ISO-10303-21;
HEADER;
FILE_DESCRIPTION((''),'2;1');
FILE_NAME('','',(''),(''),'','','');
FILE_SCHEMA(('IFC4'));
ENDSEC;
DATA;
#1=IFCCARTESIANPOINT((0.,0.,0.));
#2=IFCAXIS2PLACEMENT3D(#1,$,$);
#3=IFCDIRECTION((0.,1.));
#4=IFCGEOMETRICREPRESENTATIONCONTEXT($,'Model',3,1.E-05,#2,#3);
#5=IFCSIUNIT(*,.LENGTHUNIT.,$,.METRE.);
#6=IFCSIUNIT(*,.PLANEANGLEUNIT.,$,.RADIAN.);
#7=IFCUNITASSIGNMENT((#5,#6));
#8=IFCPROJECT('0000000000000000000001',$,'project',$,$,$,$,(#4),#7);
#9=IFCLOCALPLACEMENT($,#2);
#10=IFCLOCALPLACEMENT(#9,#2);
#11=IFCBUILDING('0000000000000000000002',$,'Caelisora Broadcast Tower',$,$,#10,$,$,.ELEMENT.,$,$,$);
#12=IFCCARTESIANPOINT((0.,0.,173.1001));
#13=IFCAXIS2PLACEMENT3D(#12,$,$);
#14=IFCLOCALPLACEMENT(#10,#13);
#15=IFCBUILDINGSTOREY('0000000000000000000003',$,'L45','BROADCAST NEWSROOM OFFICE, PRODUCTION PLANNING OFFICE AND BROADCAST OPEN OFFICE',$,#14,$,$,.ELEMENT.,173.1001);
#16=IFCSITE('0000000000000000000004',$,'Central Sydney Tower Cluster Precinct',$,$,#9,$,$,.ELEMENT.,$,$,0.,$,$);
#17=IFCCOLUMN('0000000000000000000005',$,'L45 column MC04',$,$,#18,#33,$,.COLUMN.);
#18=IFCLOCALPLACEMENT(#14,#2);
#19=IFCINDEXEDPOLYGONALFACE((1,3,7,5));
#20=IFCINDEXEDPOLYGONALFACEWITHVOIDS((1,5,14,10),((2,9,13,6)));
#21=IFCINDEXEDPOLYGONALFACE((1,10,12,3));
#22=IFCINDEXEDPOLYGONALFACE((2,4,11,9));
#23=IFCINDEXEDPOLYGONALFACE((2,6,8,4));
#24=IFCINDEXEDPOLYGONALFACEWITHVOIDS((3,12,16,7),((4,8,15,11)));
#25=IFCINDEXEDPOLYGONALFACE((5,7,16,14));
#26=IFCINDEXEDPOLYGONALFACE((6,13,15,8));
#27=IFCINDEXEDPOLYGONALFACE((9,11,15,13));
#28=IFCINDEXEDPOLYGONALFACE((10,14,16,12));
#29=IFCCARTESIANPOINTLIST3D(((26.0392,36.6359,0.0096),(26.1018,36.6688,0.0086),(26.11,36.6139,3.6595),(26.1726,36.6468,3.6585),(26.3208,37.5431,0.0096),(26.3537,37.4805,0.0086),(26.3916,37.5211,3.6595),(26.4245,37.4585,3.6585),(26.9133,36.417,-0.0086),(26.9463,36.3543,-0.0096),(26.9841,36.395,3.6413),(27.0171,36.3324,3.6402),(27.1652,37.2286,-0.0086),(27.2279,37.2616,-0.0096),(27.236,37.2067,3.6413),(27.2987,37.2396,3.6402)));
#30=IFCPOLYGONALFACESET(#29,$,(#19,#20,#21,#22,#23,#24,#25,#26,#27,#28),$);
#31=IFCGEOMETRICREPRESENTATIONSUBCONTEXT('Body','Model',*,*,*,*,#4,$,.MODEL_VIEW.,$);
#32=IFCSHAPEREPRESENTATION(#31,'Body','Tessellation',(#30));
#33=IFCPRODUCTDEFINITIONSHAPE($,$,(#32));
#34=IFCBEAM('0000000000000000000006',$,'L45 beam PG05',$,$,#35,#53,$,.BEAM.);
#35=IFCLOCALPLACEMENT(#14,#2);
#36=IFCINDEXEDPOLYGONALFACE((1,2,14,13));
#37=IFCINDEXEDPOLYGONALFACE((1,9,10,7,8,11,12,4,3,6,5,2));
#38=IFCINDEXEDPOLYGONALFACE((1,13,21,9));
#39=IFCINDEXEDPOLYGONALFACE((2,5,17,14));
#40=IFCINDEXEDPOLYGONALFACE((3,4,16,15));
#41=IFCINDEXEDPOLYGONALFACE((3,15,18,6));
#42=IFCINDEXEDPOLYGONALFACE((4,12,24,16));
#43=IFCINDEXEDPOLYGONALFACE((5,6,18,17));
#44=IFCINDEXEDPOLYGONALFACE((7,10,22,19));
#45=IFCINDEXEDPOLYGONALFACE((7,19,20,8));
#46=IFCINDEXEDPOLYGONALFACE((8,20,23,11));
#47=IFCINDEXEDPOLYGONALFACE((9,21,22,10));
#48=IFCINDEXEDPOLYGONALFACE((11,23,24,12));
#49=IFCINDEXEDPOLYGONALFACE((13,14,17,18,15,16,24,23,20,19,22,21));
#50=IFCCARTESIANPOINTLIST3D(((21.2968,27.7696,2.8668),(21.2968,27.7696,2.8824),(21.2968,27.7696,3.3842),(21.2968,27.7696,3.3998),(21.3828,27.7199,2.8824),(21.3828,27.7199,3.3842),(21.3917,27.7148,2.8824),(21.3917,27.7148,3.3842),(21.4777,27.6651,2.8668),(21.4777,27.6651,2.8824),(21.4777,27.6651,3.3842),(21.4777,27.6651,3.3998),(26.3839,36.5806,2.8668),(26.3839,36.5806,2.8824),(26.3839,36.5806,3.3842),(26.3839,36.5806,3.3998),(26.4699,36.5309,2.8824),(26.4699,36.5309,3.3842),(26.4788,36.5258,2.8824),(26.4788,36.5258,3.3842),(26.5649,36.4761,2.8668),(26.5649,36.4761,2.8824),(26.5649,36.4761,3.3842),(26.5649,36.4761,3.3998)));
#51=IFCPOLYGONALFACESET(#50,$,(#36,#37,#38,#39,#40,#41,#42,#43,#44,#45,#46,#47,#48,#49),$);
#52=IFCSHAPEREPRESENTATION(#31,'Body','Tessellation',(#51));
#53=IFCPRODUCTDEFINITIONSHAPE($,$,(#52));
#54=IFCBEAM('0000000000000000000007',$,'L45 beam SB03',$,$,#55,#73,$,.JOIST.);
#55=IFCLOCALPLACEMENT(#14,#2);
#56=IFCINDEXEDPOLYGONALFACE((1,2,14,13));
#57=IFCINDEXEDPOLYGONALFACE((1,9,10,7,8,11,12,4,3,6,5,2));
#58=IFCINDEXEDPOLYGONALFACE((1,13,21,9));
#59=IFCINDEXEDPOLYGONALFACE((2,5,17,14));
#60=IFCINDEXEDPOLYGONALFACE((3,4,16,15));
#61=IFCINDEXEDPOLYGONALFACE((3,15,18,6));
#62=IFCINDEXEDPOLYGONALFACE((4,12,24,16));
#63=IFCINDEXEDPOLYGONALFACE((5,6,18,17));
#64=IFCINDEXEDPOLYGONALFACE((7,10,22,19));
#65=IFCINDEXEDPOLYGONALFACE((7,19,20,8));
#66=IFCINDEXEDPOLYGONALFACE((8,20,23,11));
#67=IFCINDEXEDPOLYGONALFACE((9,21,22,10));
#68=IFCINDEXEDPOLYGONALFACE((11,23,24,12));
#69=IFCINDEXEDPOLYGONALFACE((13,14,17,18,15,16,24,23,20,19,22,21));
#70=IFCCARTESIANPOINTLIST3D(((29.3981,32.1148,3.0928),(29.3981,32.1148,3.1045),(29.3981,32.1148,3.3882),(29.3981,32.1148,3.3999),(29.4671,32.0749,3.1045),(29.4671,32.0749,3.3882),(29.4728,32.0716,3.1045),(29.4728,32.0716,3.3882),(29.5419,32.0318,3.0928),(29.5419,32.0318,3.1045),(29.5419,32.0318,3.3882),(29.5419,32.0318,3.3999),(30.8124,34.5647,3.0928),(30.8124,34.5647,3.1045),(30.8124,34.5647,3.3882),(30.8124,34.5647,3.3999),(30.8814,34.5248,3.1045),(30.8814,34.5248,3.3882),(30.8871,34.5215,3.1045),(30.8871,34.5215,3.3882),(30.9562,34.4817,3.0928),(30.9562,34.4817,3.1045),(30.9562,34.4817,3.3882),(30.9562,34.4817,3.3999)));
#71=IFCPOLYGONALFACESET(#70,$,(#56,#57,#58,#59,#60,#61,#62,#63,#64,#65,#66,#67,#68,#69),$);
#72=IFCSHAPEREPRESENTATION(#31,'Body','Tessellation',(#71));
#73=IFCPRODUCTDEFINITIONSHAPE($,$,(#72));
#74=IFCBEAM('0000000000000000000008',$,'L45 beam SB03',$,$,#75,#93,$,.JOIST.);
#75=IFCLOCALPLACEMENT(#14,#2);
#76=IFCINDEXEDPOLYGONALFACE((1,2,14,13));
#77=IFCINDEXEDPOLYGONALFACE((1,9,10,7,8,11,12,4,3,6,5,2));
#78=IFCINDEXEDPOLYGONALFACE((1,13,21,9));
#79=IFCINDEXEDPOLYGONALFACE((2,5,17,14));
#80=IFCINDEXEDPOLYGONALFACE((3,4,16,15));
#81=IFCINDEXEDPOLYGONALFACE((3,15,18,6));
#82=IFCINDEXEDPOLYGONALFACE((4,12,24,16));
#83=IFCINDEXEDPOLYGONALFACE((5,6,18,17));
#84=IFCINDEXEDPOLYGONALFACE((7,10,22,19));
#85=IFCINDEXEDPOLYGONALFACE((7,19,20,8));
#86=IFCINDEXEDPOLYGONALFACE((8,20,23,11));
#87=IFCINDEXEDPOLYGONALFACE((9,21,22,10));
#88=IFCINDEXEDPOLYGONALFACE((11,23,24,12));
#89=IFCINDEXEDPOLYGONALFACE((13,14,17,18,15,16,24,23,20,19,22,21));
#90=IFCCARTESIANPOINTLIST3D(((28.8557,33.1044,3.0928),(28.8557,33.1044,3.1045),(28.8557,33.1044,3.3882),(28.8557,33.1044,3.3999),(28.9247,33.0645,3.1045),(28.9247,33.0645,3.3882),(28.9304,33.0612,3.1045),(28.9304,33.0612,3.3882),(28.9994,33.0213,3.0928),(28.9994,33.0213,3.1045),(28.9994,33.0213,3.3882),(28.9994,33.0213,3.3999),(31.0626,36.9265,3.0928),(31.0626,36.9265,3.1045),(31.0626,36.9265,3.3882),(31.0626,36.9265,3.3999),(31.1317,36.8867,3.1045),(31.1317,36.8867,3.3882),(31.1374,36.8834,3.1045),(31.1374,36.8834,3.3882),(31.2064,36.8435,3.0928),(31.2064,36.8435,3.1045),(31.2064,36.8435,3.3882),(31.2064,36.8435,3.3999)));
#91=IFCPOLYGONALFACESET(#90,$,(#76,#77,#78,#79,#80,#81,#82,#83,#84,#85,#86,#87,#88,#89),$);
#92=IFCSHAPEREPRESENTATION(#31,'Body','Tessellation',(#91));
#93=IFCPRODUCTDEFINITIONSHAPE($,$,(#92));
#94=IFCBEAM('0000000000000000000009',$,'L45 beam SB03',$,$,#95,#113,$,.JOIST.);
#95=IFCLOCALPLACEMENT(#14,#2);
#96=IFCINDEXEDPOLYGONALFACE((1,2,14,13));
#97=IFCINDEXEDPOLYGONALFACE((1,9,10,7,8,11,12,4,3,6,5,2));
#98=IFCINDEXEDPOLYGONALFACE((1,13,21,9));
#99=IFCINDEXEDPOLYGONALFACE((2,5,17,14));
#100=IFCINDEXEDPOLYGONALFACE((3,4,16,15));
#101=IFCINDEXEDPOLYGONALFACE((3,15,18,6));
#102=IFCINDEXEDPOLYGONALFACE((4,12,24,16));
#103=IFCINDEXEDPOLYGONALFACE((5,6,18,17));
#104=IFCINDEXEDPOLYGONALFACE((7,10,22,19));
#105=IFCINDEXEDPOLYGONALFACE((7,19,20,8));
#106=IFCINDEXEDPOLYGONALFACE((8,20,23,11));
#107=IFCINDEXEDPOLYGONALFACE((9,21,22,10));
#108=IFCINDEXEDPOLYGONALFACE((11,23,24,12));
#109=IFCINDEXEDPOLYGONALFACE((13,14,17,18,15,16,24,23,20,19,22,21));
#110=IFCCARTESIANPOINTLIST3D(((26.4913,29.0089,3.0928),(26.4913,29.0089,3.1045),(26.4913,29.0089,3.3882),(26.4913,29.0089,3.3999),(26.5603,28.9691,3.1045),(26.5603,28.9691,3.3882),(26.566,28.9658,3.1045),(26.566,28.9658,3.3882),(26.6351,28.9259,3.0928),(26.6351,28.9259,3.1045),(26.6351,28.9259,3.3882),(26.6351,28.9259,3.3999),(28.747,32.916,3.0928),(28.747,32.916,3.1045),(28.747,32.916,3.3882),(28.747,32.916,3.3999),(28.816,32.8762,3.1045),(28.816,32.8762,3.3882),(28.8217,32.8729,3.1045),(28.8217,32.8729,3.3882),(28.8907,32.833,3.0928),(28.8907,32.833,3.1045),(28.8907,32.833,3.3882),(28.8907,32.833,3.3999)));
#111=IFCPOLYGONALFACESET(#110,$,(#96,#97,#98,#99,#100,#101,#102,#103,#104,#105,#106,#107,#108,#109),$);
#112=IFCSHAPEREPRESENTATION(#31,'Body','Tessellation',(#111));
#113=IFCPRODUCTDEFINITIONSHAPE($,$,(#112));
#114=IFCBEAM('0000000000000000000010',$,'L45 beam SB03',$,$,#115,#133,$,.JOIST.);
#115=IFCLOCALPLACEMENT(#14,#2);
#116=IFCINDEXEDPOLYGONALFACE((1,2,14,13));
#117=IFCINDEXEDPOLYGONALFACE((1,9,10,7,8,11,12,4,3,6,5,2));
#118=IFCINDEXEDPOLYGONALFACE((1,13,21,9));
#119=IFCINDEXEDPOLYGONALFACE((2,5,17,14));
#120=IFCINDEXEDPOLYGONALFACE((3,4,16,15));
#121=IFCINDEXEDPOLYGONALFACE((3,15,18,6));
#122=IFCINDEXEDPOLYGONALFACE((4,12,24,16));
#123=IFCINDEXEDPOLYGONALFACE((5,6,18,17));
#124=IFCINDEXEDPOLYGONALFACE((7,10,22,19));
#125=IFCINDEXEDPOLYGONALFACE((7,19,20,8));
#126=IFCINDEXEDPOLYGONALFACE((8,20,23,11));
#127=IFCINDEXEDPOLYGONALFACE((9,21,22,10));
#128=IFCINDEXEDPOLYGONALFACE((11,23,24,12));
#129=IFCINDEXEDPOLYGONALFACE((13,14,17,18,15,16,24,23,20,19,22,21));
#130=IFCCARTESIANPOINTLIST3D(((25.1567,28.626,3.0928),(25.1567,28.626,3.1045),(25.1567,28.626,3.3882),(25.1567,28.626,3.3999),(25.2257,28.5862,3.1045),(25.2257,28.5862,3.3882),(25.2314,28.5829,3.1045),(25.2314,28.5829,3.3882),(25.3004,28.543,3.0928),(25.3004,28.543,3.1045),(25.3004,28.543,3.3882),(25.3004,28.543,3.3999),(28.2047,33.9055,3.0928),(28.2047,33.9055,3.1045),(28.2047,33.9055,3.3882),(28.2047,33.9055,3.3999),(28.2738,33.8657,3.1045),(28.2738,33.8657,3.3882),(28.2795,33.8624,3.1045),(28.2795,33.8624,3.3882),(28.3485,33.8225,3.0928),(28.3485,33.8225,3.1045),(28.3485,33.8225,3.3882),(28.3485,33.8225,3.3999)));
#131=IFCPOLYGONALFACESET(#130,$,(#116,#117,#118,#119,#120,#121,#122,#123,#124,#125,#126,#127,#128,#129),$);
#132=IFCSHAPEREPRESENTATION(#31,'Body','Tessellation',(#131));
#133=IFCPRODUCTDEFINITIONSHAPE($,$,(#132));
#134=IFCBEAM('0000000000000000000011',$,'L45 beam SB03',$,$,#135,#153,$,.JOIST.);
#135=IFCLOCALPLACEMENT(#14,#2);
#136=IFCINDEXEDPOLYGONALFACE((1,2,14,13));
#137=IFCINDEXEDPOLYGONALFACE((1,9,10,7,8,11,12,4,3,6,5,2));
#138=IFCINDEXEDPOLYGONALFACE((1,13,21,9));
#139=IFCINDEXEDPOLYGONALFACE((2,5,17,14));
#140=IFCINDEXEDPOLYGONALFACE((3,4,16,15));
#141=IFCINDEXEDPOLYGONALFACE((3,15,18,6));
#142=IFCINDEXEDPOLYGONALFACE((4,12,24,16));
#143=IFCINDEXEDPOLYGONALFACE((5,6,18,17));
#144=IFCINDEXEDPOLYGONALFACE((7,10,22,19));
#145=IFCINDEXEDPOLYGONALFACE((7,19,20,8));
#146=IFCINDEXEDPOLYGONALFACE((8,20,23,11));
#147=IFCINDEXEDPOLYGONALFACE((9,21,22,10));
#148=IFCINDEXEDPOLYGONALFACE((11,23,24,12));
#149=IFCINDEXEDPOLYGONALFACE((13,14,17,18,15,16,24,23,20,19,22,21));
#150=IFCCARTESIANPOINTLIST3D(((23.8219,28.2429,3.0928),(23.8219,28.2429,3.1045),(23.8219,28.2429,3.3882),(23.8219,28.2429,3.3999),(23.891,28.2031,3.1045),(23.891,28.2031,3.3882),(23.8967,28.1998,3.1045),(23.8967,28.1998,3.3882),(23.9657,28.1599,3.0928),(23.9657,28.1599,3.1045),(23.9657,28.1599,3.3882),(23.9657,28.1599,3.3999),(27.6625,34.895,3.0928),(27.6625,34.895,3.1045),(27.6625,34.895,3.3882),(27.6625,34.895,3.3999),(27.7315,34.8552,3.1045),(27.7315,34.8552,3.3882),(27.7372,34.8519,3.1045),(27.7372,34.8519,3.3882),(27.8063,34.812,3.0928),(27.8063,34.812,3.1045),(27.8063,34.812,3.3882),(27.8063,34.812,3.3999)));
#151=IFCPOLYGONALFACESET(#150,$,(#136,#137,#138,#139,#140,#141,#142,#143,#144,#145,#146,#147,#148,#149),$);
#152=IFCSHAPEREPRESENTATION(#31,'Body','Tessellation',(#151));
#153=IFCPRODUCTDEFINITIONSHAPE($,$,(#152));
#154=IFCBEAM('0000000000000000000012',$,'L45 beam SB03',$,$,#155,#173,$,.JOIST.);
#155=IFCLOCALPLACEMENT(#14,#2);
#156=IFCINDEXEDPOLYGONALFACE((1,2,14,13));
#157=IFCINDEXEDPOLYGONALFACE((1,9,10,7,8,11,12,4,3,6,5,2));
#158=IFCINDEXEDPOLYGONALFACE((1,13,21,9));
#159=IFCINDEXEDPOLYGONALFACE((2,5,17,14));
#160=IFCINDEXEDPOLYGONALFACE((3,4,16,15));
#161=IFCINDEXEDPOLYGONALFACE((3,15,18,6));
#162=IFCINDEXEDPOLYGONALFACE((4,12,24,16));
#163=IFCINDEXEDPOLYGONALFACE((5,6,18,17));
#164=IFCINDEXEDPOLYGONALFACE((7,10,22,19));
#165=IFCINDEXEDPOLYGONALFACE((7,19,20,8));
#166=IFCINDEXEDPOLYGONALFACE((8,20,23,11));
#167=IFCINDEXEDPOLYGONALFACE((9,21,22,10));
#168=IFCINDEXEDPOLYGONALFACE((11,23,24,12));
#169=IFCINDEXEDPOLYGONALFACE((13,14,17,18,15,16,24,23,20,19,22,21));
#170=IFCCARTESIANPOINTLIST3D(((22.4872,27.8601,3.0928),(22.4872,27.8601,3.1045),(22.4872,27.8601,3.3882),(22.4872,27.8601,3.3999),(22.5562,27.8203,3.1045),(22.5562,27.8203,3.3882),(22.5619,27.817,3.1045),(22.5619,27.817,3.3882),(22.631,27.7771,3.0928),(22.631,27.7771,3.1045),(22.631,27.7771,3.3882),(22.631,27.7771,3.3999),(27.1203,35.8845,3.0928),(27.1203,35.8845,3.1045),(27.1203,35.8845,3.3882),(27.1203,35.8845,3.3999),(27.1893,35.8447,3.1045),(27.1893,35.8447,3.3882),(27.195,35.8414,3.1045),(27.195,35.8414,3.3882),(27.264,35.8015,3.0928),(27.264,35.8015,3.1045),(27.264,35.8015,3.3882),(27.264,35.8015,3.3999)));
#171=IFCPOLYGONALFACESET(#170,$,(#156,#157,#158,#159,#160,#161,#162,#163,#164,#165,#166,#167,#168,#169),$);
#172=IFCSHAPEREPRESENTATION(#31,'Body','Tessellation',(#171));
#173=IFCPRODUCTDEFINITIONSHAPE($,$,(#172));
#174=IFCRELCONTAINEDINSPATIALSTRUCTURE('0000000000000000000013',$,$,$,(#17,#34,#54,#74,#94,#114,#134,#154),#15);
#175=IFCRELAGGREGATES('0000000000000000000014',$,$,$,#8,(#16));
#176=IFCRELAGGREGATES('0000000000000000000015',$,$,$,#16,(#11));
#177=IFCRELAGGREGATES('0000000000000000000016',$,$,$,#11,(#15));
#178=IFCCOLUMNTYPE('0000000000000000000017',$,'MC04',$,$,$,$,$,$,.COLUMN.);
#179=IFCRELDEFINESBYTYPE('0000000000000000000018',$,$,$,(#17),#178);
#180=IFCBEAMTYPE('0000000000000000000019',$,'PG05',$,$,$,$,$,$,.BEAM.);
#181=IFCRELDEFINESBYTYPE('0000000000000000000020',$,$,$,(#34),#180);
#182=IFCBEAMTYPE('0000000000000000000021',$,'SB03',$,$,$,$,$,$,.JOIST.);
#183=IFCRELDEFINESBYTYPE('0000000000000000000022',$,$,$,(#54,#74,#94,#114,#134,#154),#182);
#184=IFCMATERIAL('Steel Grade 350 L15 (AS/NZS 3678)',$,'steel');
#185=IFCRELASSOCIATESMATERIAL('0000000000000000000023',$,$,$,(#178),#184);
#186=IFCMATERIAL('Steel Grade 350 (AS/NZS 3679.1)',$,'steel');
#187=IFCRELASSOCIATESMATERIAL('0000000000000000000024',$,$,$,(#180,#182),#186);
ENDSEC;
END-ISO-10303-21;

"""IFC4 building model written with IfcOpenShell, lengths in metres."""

from ifc_helpers import new_model, si_unit, direction, frame, origin, origin_2d, place, context, subcontext, project, spatial, hollow_rectangle, i_section, extrude, source, transform, mapped, material, material_profile, profile_set, type_object, type_shapes, element, save


model = new_model("IFC4")

# Units and contexts
model_context = context("Model", 3, precision=1e-05, world=origin(), true_north=direction((0.0, 1.0)))
body_context = subcontext(model_context, "Body", "Model", "MODEL_VIEW")
ifc_project = project(units=[si_unit("LENGTHUNIT", "METRE"), si_unit("PLANEANGLEUNIT", "RADIAN")], contexts=[model_context])

# Site, building, storey
site_placement = place(None, origin())
site = spatial("IfcSite", under=ifc_project, at=site_placement, Name="Central Sydney Tower Cluster Precinct", CompositionType="ELEMENT", RefElevation=0.0)
building_placement = place(site_placement, origin())
building = spatial("IfcBuilding", under=site, at=building_placement, Name="Caelisora Broadcast Tower", CompositionType="ELEMENT")
storey_placement = place(building_placement, frame((0.0, 0.0, 173.1001)))
storey = spatial("IfcBuildingStorey", under=building, at=storey_placement, Name="L45", Description="BROADCAST NEWSROOM OFFICE, PRODUCTION PLANNING OFFICE AND BROADCAST OPEN OFFICE", CompositionType="ELEMENT", Elevation=173.1001)

# Column
ifc_material_1 = material(Name="Steel Grade 350 L15 (AS/NZS 3678)", Category="steel")
ifc_material_profile_1 = material_profile(ifc_material_1, hollow_rectangle(XDim=0.95, YDim=0.95, WallThickness=0.05, at=origin_2d()), Name="Steel Grade 350 L15 (AS/NZS 3678)")
ifc_profile_set_1 = profile_set([ifc_material_profile_1], Name="Steel Grade 350 L15 (AS/NZS 3678)")
column_type = type_object("IfcColumnType", Name="MC04", PredefinedType="COLUMN", material=ifc_profile_set_1)
shared_shape_1 = source(origin(), body_context, "Body", "SweptSolid", [
    extrude(hollow_rectangle(XDim=0.95, YDim=0.95, WallThickness=0.05, at=origin_2d()), origin(), (0.0, 0.0, 1.0), 3.6506),
])
type_shapes(column_type, [shared_shape_1])
column_placement = place(storey_placement, frame((26.6335, 36.9487, 0.0), z_axis=(0.019394, -0.006019, 0.999794), x_axis=(0.296399, 0.955064, 0.0)))
element("IfcColumn", 1, at=column_placement, inside=storey, type_object=column_type, Name="L45 column MC04", PredefinedType="COLUMN", context=body_context, shape_type="MappedRepresentation", body=[
    mapped(shared_shape_1, transform((0.0, 0.0, 0.0), scale=1.0)),
])

# Beams
ifc_material_2 = material(Name="Steel Grade 350 (AS/NZS 3679.1)", Category="steel")
ifc_material_profile_2 = material_profile(ifc_material_2, i_section(OverallWidth=0.209, OverallDepth=0.533, WebThickness=0.0103, FlangeThickness=0.0156, at=origin_2d()), Name="Steel Grade 350 (AS/NZS 3679.1)")
ifc_profile_set_2 = profile_set([ifc_material_profile_2], Name="Steel Grade 350 (AS/NZS 3679.1)")
beam_type_1 = type_object("IfcBeamType", Name="PG05", PredefinedType="BEAM", material=ifc_profile_set_2)
shared_shape_2 = source(origin(), body_context, "Body", "SweptSolid", [
    extrude(i_section(OverallWidth=0.209, OverallDepth=0.533, WebThickness=0.0103, FlangeThickness=0.0156, at=origin_2d()), origin(), (0.0, 0.0, 1.0), 10.1741),
])
type_shapes(beam_type_1, [shared_shape_2])
beam_1_placement = place(storey_placement, frame((26.4744, 36.5283, 3.1333), z_axis=(-0.500008, -0.866021, 0.0), x_axis=(0.866021, -0.500008, 0.0)))
element("IfcBeam", 2, at=beam_1_placement, inside=storey, type_object=beam_type_1, Name="L45 beam PG05", PredefinedType="BEAM", context=body_context, shape_type="MappedRepresentation", body=[
    mapped(shared_shape_2, transform((0.0, 0.0, 0.0), scale=1.0)),
])
ifc_material_profile_3 = material_profile(ifc_material_2, i_section(OverallWidth=0.166, OverallDepth=0.3071, WebThickness=0.0066, FlangeThickness=0.0117, at=origin_2d()), Name="Steel Grade 350 (AS/NZS 3679.1)")
ifc_profile_set_3 = profile_set([ifc_material_profile_3], Name="Steel Grade 350 (AS/NZS 3679.1)")
beam_type_2 = type_object("IfcBeamType", Name="SB03", PredefinedType="JOIST", material=ifc_profile_set_3)
shared_shape_3 = source(origin(), body_context, "Body", "SweptSolid", [
    extrude(i_section(OverallWidth=0.166, OverallDepth=0.3071, WebThickness=0.0066, FlangeThickness=0.0117, at=origin_2d()), origin(), (0.0, 0.0, 1.0), 2.8289),
])
beam_2_placement = place(storey_placement, frame((30.8843, 34.5232, 3.2463), z_axis=(-0.499954, -0.866052, 0.0), x_axis=(0.866052, -0.499954, 0.0)))
element("IfcBeam", 3, at=beam_2_placement, inside=storey, type_object=beam_type_2, Name="L45 beam SB03", PredefinedType="JOIST", context=body_context, shape_type="MappedRepresentation", body=[
    mapped(shared_shape_3, transform((0.0, 0.0, 0.0), scale=1.0)),
])
shared_shape_4 = source(origin(), body_context, "Body", "SweptSolid", [
    extrude(i_section(OverallWidth=0.166, OverallDepth=0.3071, WebThickness=0.0066, FlangeThickness=0.0117, at=origin_2d()), origin(), (0.0, 0.0, 1.0), 4.4136),
])
beam_3_placement = place(storey_placement, frame((31.1345, 36.885, 3.2463), z_axis=(-0.500042, -0.866001, 0.0), x_axis=(0.866001, -0.500042, 0.0)))
element("IfcBeam", 4, at=beam_3_placement, inside=storey, type_object=beam_type_2, Name="L45 beam SB03", PredefinedType="JOIST", context=body_context, shape_type="MappedRepresentation", body=[
    mapped(shared_shape_4, transform((0.0, 0.0, 0.0), scale=1.0)),
])
shared_shape_5 = source(origin(), body_context, "Body", "SweptSolid", [
    extrude(i_section(OverallWidth=0.166, OverallDepth=0.3071, WebThickness=0.0066, FlangeThickness=0.0117, at=origin_2d()), origin(), (0.0, 0.0, 1.0), 4.5115),
])
beam_4_placement = place(storey_placement, frame((28.8188, 32.8745, 3.2463), z_axis=(-0.499986, -0.866033, 0.0), x_axis=(0.866033, -0.499986, 0.0)))
element("IfcBeam", 5, at=beam_4_placement, inside=storey, type_object=beam_type_2, Name="L45 beam SB03", PredefinedType="JOIST", context=body_context, shape_type="MappedRepresentation", body=[
    mapped(shared_shape_5, transform((0.0, 0.0, 0.0), scale=1.0)),
])
shared_shape_6 = source(origin(), body_context, "Body", "SweptSolid", [
    extrude(i_section(OverallWidth=0.166, OverallDepth=0.3071, WebThickness=0.0066, FlangeThickness=0.0117, at=origin_2d()), origin(), (0.0, 0.0, 1.0), 6.0962),
])
beam_5_placement = place(storey_placement, frame((28.2766, 33.864, 3.2463), z_axis=(-0.499994, -0.866029, 0.0), x_axis=(0.866029, -0.499994, 0.0)))
element("IfcBeam", 6, at=beam_5_placement, inside=storey, type_object=beam_type_2, Name="L45 beam SB03", PredefinedType="JOIST", context=body_context, shape_type="MappedRepresentation", body=[
    mapped(shared_shape_6, transform((0.0, 0.0, 0.0), scale=1.0)),
])
shared_shape_7 = source(origin(), body_context, "Body", "SweptSolid", [
    extrude(i_section(OverallWidth=0.166, OverallDepth=0.3071, WebThickness=0.0066, FlangeThickness=0.0117, at=origin_2d()), origin(), (0.0, 0.0, 1.0), 7.6812),
])
beam_6_placement = place(storey_placement, frame((27.7344, 34.8535, 3.2463), z_axis=(-0.499999, -0.866026, 0.0), x_axis=(0.866026, -0.499999, 0.0)))
element("IfcBeam", 7, at=beam_6_placement, inside=storey, type_object=beam_type_2, Name="L45 beam SB03", PredefinedType="JOIST", context=body_context, shape_type="MappedRepresentation", body=[
    mapped(shared_shape_7, transform((0.0, 0.0, 0.0), scale=1.0)),
])
shared_shape_8 = source(origin(), body_context, "Body", "SweptSolid", [
    extrude(i_section(OverallWidth=0.166, OverallDepth=0.3071, WebThickness=0.0066, FlangeThickness=0.0117, at=origin_2d()), origin(), (0.0, 0.0, 1.0), 9.2659),
])
type_shapes(beam_type_2, [shared_shape_3, shared_shape_4, shared_shape_5, shared_shape_6, shared_shape_7, shared_shape_8])
beam_7_placement = place(storey_placement, frame((27.1921, 35.843, 3.2463), z_axis=(-0.500013, -0.866018, 0.0), x_axis=(0.866018, -0.500013, 0.0)))
element("IfcBeam", 8, at=beam_7_placement, inside=storey, type_object=beam_type_2, Name="L45 beam SB03", PredefinedType="JOIST", context=body_context, shape_type="MappedRepresentation", body=[
    mapped(shared_shape_8, transform((0.0, 0.0, 0.0), scale=1.0)),
])

save(model, "model.ifc")
